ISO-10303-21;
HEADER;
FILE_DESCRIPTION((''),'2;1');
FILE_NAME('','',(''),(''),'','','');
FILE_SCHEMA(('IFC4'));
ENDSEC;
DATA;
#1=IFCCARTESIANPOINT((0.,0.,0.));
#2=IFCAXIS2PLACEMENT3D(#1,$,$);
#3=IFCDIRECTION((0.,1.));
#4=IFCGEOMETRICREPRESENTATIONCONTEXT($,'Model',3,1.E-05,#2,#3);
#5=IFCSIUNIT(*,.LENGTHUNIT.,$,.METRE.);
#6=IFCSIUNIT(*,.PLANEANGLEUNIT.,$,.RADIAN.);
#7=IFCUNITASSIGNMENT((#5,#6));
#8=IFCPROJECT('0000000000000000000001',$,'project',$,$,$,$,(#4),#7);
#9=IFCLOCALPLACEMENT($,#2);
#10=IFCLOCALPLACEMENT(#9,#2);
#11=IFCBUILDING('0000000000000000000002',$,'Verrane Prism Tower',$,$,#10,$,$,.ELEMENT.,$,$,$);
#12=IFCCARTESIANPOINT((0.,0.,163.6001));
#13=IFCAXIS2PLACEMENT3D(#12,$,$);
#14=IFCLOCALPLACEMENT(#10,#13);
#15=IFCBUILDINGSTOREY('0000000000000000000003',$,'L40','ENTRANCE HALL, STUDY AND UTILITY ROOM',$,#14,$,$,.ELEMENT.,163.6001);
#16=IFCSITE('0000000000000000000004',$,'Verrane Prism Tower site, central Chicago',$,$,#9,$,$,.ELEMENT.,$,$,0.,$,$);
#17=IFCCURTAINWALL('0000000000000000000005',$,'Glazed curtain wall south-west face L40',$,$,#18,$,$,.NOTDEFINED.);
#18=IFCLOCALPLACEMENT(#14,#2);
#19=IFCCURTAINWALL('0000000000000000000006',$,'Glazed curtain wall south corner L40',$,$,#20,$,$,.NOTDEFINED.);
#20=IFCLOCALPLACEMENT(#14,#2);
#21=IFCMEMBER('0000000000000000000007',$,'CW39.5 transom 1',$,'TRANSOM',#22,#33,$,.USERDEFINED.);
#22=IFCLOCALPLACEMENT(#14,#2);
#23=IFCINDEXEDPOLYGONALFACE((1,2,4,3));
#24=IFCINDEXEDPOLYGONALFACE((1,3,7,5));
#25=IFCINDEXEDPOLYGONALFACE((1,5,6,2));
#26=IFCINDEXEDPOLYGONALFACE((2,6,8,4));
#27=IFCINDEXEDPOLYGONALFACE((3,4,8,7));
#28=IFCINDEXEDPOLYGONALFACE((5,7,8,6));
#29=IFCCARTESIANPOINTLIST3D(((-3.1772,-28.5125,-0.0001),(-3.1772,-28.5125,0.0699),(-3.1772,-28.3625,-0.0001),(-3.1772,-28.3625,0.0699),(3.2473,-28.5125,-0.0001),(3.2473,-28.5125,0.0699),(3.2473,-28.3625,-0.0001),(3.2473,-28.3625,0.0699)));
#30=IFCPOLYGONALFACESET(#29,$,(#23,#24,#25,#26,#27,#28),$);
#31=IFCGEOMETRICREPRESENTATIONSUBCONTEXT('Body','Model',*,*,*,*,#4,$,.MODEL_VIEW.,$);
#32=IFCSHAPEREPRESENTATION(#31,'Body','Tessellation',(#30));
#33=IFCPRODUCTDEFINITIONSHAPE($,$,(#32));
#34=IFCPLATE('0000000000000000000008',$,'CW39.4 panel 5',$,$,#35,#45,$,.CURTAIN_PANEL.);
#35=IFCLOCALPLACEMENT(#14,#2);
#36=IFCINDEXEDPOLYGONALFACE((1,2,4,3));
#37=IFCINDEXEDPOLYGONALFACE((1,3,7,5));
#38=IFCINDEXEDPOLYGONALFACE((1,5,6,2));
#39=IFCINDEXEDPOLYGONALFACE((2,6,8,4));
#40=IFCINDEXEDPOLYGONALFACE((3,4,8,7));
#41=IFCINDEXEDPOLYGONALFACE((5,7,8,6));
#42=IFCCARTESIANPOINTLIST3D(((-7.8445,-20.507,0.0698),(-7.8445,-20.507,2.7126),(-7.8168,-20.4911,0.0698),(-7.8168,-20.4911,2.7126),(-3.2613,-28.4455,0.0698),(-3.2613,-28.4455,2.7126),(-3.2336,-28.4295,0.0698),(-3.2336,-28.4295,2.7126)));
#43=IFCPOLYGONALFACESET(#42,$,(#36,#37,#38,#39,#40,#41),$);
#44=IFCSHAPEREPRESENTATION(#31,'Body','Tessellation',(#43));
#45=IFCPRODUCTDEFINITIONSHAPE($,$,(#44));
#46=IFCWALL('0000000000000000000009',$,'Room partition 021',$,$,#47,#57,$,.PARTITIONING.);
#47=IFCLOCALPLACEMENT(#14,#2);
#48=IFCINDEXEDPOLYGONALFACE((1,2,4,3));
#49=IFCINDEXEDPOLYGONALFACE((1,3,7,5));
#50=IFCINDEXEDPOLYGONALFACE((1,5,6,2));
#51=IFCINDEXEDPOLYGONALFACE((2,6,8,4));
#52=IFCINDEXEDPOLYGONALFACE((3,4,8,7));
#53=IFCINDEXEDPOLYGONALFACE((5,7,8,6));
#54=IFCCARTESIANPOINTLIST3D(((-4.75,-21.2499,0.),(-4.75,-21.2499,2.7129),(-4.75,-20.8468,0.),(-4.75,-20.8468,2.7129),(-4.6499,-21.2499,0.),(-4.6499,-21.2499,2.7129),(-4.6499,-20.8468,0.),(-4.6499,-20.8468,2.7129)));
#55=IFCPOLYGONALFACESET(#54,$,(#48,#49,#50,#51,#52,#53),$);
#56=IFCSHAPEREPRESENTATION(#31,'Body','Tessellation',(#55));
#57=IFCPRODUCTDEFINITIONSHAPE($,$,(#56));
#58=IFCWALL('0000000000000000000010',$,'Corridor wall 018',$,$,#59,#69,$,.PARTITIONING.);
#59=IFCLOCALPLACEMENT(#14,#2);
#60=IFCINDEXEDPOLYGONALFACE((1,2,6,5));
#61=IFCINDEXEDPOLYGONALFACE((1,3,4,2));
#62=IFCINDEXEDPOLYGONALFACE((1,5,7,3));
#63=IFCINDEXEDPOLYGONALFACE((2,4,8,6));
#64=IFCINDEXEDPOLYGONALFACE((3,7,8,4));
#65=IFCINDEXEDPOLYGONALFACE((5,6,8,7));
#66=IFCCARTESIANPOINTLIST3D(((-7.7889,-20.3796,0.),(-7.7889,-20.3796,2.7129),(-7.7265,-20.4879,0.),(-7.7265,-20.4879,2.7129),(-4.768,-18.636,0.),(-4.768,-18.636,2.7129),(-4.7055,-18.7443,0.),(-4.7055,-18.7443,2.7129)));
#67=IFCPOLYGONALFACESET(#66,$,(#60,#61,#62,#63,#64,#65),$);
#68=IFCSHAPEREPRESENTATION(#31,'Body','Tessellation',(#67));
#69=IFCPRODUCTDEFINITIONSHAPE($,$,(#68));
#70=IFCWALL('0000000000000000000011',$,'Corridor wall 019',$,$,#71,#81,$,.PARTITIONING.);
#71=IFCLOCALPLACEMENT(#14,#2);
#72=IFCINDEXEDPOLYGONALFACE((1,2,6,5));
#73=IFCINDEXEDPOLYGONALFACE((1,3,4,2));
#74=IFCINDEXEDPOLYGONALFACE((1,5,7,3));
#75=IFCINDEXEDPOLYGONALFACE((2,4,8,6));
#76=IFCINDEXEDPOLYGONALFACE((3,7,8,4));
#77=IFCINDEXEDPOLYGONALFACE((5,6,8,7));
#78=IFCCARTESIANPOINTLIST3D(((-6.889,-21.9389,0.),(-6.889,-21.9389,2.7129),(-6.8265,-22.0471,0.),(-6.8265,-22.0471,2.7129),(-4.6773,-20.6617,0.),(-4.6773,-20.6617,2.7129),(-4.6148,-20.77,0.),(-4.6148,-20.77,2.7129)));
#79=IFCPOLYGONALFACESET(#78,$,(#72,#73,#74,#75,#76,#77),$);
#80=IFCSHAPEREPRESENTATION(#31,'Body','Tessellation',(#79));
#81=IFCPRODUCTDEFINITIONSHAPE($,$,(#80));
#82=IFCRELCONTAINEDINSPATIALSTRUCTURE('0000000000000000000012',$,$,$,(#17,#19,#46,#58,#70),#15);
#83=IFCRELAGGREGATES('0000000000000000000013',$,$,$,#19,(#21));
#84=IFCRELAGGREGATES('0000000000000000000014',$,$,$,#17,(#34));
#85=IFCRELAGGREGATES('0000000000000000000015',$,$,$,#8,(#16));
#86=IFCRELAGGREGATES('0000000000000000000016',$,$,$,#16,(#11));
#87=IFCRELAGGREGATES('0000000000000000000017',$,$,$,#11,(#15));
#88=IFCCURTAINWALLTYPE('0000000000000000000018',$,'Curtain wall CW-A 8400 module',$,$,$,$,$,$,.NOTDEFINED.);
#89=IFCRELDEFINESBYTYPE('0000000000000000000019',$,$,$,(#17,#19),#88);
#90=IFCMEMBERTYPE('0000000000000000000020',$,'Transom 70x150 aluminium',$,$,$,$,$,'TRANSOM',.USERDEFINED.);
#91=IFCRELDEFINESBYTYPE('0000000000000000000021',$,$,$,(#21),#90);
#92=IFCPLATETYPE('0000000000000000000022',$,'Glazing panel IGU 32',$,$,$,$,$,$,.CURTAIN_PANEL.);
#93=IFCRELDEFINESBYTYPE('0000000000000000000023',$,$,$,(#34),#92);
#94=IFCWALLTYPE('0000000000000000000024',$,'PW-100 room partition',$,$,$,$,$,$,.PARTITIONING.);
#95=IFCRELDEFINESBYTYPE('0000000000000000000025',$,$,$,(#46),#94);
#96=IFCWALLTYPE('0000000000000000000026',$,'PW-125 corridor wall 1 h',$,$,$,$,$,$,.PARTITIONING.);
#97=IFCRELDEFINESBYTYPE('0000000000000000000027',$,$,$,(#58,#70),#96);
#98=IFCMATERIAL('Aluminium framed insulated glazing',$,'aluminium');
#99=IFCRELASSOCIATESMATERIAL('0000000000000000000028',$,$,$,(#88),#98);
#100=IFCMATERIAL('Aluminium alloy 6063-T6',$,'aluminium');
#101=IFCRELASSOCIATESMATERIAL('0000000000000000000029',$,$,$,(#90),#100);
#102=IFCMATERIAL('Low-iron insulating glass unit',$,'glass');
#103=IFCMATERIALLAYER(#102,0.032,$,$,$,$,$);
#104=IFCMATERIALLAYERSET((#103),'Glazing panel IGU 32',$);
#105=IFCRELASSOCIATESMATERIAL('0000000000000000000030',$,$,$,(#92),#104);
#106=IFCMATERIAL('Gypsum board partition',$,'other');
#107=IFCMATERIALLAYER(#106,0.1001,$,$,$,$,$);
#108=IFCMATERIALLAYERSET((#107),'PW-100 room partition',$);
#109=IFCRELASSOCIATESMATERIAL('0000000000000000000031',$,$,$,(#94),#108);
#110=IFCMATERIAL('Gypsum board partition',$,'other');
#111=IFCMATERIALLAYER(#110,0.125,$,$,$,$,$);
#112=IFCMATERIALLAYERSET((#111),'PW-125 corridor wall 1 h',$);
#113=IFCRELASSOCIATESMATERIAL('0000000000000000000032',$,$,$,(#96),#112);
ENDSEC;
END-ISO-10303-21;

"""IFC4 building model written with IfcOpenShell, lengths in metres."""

from ifc_helpers import new_model, si_unit, direction, frame, frame_2d, origin, origin_2d, place, context, subcontext, project, spatial, rectangle, extrude, material, layer, layer_set, material_profile, profile_set, type_object, element, aggregate, save


model = new_model("IFC4")

# Units and contexts
model_context = context("Model", 3, precision=1e-05, world=origin(), true_north=direction((0.0, 1.0)))
body_context = subcontext(model_context, "Body", "Model", "MODEL_VIEW")
ifc_project = project(units=[si_unit("LENGTHUNIT", "METRE"), si_unit("PLANEANGLEUNIT", "RADIAN")], contexts=[model_context])

# Site, building, storey
site_placement = place(None, origin())
site = spatial("IfcSite", under=ifc_project, at=site_placement, Name="Verrane Prism Tower site, central Chicago", CompositionType="ELEMENT", RefElevation=0.0)
building_placement = place(site_placement, origin())
building = spatial("IfcBuilding", under=site, at=building_placement, Name="Verrane Prism Tower", CompositionType="ELEMENT")
storey_placement = place(building_placement, frame((0.0, 0.0, 163.6001)))
storey = spatial("IfcBuildingStorey", under=building, at=storey_placement, Name="L40", Description="ENTRANCE HALL, STUDY AND UTILITY ROOM", CompositionType="ELEMENT", Elevation=163.6001)

# Curtain walls
ifc_material_1 = material(Name="Aluminium framed insulated glazing", Category="aluminium")
curtain_wall_type = type_object("IfcCurtainWallType", Name="Curtain wall CW-A 8400 module", PredefinedType="NOTDEFINED", material=ifc_material_1)
curtain_wall_1_placement = place(storey_placement, origin())
curtain_wall_1 = element("IfcCurtainWall", 1, at=curtain_wall_1_placement, inside=storey, type_object=curtain_wall_type, Name="Glazed curtain wall south-west face L40", PredefinedType="NOTDEFINED")
curtain_wall_2_placement = place(storey_placement, origin())
curtain_wall_2 = element("IfcCurtainWall", 2, at=curtain_wall_2_placement, inside=storey, type_object=curtain_wall_type, Name="Glazed curtain wall south corner L40", PredefinedType="NOTDEFINED")

# Member
ifc_material_2 = material(Name="Aluminium alloy 6063-T6", Category="aluminium")
ifc_material_profile_1 = material_profile(ifc_material_2, rectangle(XDim=0.1499, YDim=0.0701, at=origin_2d()), Name="Transom 70x150 aluminium")
ifc_profile_set_1 = profile_set([ifc_material_profile_1], Name="Aluminium alloy 6063-T6")
member_type_1 = type_object("IfcMemberType", Name="Transom 70x150 aluminium", ElementType="TRANSOM", PredefinedType="USERDEFINED", material=ifc_profile_set_1)
member_1_placement = place(storey_placement, frame((-3.1772, -28.4375, 0.0349), z_axis=(1.0, 0.0, 0.0), x_axis=(0.0, 1.0, 0.0)))
member_1 = element("IfcMember", 3, at=member_1_placement, type_object=member_type_1, Name="CW39.5 transom 1", ObjectType="TRANSOM", PredefinedType="USERDEFINED", context=body_context, shape_type="SweptSolid", body=[
    extrude(rectangle(XDim=0.1499, YDim=0.0701, at=origin_2d()), origin(), (0.0, 0.0, 1.0), 6.4246),
])
aggregate(curtain_wall_2, [member_1])

# Plate
ifc_material_3 = material(Name="Low-iron insulating glass unit", Category="glass")
ifc_layer_1 = layer(ifc_material_3, 0.032)
ifc_layer_set_1 = layer_set([ifc_layer_1], Name="Glazing panel IGU 32")
plate_type = type_object("IfcPlateType", Name="Glazing panel IGU 32", PredefinedType="CURTAIN_PANEL", material=ifc_layer_set_1)
plate_placement = place(storey_placement, frame((-5.5391, -24.4683, 0.0698), z_axis=(0.0, 0.0, 1.0), x_axis=(0.499999, -0.866026, 0.0)))
plate = element("IfcPlate", 4, at=plate_placement, type_object=plate_type, Name="CW39.4 panel 5", PredefinedType="CURTAIN_PANEL", context=body_context, shape_type="SweptSolid", body=[
    extrude(rectangle(XDim=9.1665, YDim=0.032, at=origin_2d()), origin(), (0.0, 0.0, 1.0), 2.6428),
])
aggregate(curtain_wall_1, [plate])

# Walls
ifc_material_4 = material(Name="Gypsum board partition", Category="other")
ifc_layer_2 = layer(ifc_material_4, 0.1001)
ifc_layer_set_2 = layer_set([ifc_layer_2], Name="PW-100 room partition")
wall_type_1 = type_object("IfcWallType", Name="PW-100 room partition", PredefinedType="PARTITIONING", material=ifc_layer_set_2)
wall_1_placement = place(storey_placement, frame((-4.7, -21.25, 0.0), z_axis=(0.0, 0.0, 1.0), x_axis=(0.0, 1.0, 0.0)))
element("IfcWall", 5, at=wall_1_placement, inside=storey, type_object=wall_type_1, Name="Room partition 021", PredefinedType="PARTITIONING", context=body_context, shape_type="SweptSolid", body=[
    extrude(rectangle(XDim=0.4031, YDim=0.1001, at=frame_2d((0.2017, 0.0))), origin(), (0.0, 0.0, 1.0), 2.7129),
])
ifc_material_5 = material(Name="Gypsum board partition", Category="other")
ifc_layer_3 = layer(ifc_material_5, 0.125)
ifc_layer_set_3 = layer_set([ifc_layer_3], Name="PW-125 corridor wall 1 h")
wall_type_2 = type_object("IfcWallType", Name="PW-125 corridor wall 1 h", PredefinedType="PARTITIONING", material=ifc_layer_set_3)
wall_2_placement = place(storey_placement, frame((-7.7578, -20.4338, 0.0), z_axis=(0.0, 0.0, 1.0), x_axis=(0.86609, 0.499888, 0.0)))
element("IfcWall", 6, at=wall_2_placement, inside=storey, type_object=wall_type_2, Name="Corridor wall 018", PredefinedType="PARTITIONING", context=body_context, shape_type="SweptSolid", body=[
    extrude(rectangle(XDim=3.488, YDim=0.125, at=frame_2d((1.7441, 0.0))), origin(), (0.0, 0.0, 1.0), 2.7129),
])
wall_3_placement = place(storey_placement, frame((-6.8577, -21.9929, 0.0), z_axis=(0.0, 0.0, 1.0), x_axis=(0.865993, 0.500056, 0.0)))
element("IfcWall", 7, at=wall_3_placement, inside=storey, type_object=wall_type_2, Name="Corridor wall 019", PredefinedType="PARTITIONING", context=body_context, shape_type="SweptSolid", body=[
    extrude(rectangle(XDim=2.554, YDim=0.125, at=frame_2d((1.2769, 0.0))), origin(), (0.0, 0.0, 1.0), 2.7129),
])

save(model, "model.ifc")
